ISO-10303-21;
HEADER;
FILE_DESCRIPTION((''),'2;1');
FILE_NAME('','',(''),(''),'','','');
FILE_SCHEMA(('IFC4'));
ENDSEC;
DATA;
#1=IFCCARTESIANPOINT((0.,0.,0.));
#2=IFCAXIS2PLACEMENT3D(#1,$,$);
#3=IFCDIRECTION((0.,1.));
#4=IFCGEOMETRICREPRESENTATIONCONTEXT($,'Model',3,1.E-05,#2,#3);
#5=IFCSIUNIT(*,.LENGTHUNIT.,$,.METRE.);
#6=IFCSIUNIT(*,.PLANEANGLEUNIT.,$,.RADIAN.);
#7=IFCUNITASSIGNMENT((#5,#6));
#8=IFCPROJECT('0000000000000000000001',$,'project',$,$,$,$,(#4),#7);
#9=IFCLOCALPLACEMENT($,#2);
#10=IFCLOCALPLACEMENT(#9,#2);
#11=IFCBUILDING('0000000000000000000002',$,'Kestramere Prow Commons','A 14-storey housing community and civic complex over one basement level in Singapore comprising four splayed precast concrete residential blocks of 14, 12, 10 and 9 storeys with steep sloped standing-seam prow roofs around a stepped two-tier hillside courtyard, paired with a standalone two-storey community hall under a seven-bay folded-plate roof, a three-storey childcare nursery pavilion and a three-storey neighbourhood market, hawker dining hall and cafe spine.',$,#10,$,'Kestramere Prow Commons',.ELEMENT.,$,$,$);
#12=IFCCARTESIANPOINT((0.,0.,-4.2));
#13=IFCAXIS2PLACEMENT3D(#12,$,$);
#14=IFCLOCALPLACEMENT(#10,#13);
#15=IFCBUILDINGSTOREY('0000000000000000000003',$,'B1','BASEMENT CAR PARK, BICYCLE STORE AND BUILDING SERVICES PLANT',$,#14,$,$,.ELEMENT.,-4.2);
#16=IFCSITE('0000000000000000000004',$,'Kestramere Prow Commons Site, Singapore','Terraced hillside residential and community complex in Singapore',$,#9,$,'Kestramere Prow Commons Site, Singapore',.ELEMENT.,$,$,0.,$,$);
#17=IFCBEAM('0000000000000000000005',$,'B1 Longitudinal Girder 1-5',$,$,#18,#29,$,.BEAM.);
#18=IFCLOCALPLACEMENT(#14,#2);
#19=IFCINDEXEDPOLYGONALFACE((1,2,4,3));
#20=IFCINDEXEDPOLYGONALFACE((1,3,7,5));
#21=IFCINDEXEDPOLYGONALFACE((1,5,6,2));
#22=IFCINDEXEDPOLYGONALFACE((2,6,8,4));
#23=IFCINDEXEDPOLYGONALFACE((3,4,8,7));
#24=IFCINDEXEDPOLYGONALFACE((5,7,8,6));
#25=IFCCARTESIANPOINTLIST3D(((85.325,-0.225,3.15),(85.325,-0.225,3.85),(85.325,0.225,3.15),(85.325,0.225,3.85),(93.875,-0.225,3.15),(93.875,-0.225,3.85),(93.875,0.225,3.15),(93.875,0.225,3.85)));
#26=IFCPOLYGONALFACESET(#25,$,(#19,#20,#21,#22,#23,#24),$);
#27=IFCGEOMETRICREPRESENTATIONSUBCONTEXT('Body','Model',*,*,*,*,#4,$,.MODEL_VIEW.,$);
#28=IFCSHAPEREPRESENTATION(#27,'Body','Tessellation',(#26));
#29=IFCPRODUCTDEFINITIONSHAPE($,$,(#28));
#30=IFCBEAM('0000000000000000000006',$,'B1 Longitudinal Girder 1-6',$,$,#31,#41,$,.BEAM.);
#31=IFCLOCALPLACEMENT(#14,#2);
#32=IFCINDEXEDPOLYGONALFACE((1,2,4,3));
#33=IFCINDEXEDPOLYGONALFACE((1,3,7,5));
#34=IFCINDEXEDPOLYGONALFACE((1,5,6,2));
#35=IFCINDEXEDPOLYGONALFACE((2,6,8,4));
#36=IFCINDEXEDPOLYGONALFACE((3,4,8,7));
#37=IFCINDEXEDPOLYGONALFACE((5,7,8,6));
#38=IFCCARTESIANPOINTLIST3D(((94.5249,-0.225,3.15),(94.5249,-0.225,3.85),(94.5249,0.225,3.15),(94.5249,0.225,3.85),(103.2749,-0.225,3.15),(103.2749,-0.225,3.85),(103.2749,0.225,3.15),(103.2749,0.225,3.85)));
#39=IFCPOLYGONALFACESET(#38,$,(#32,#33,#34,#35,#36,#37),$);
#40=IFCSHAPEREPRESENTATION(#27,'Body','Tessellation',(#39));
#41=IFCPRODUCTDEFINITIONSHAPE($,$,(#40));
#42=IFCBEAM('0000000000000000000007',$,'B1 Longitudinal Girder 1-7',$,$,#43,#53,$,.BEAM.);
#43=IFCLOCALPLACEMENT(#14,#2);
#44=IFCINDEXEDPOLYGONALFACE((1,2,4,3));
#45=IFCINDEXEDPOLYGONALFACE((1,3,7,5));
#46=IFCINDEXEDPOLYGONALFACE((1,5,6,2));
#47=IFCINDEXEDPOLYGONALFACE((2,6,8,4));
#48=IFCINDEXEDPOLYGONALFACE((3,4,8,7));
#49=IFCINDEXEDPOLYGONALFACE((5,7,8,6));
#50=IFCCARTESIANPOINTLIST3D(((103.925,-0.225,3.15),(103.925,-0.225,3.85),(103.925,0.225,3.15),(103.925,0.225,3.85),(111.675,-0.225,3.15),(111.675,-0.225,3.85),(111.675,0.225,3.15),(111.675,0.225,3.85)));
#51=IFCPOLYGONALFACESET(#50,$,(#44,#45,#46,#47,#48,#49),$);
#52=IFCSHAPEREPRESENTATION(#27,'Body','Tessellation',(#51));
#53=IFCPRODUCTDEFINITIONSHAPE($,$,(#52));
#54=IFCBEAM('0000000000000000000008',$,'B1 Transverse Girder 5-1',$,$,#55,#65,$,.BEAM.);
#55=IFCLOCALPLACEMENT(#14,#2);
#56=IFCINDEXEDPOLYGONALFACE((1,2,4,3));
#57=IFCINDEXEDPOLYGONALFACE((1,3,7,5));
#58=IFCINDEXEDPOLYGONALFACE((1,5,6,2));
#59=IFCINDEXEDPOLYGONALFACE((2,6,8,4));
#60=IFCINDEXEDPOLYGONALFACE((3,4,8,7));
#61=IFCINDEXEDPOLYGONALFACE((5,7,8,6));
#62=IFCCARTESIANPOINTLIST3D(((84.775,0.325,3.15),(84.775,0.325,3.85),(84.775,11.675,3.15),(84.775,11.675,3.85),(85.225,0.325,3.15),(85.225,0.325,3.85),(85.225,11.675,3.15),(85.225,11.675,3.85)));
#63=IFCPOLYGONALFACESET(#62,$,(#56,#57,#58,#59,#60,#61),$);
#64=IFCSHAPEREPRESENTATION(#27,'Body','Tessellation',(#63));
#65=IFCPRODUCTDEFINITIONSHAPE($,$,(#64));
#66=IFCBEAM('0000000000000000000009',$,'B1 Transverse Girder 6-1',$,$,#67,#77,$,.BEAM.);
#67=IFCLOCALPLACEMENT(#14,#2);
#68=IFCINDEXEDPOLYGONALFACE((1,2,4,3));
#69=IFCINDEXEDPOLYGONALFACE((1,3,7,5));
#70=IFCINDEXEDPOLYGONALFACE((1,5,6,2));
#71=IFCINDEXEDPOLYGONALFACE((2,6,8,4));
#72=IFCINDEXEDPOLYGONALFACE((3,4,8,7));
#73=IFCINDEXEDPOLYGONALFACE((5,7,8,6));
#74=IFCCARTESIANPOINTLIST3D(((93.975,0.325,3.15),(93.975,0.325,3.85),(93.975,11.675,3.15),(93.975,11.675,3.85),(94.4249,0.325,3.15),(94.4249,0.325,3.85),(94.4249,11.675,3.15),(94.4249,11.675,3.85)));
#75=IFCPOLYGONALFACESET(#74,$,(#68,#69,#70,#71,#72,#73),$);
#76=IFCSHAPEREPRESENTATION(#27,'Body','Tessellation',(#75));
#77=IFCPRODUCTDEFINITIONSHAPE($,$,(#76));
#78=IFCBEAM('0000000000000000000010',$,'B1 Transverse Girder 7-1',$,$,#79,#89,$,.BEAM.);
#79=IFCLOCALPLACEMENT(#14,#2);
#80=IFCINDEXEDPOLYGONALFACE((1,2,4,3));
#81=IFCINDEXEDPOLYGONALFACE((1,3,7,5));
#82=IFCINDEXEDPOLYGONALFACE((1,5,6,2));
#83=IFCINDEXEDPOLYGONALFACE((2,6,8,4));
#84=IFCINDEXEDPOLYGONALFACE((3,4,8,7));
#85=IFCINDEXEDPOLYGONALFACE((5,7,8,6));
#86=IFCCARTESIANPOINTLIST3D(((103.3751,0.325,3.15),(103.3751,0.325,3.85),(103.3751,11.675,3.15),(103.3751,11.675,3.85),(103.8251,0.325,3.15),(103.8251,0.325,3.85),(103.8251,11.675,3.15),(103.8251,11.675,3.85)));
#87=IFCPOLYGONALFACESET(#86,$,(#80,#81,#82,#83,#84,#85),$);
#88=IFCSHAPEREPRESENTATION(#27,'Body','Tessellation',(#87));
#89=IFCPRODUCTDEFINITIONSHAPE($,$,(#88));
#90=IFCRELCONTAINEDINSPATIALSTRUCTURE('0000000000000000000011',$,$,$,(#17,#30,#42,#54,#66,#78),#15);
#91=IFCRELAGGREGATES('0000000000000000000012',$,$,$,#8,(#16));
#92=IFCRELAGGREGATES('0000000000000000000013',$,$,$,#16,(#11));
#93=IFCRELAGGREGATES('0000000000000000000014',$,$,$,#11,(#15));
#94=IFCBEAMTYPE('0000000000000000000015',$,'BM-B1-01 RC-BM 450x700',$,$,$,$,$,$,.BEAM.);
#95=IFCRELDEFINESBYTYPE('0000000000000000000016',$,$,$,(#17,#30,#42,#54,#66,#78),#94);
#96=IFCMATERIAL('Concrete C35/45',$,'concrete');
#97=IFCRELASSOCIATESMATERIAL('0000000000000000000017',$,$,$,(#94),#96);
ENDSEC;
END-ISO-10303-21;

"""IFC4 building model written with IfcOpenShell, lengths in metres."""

from ifc_helpers import new_model, si_unit, direction, frame, origin, origin_2d, place, context, subcontext, project, spatial, rectangle, extrude, material, material_profile, profile_set, type_object, element, save


model = new_model("IFC4")

# Units and contexts
model_context = context("Model", 3, precision=1e-05, world=origin(), true_north=direction((0.0, 1.0)))
body_context = subcontext(model_context, "Body", "Model", "MODEL_VIEW")
ifc_project = project(units=[si_unit("LENGTHUNIT", "METRE"), si_unit("PLANEANGLEUNIT", "RADIAN")], contexts=[model_context])

# Site, building, storey
site_placement = place(None, origin())
site = spatial("IfcSite", under=ifc_project, at=site_placement, Name="Kestramere Prow Commons Site, Singapore", Description="Terraced hillside residential and community complex in Singapore", LongName="Kestramere Prow Commons Site, Singapore", CompositionType="ELEMENT", RefElevation=0.0)
building_placement = place(site_placement, origin())
building = spatial("IfcBuilding", under=site, at=building_placement, Name="Kestramere Prow Commons", Description="A 14-storey housing community and civic complex over one basement level in Singapore comprising four splayed precast concrete residential blocks of 14, 12, 10 and 9 storeys with steep sloped standing-seam prow roofs around a stepped two-tier hillside courtyard, paired with a standalone two-storey community hall under a seven-bay folded-plate roof, a three-storey childcare nursery pavilion and a three-storey neighbourhood market, hawker dining hall and cafe spine.", LongName="Kestramere Prow Commons", CompositionType="ELEMENT")
storey_placement = place(building_placement, frame((0.0, 0.0, -4.2)))
storey = spatial("IfcBuildingStorey", under=building, at=storey_placement, Name="B1", Description="BASEMENT CAR PARK, BICYCLE STORE AND BUILDING SERVICES PLANT", CompositionType="ELEMENT", Elevation=-4.2)

# Shared definitions
ifc_material = material(Name="Concrete C35/45", Category="concrete")

# Beams
ifc_material_profile_1 = material_profile(ifc_material, rectangle(XDim=0.45, YDim=0.7, at=origin_2d()), Name="RC-BM 450x700")
ifc_profile_set_1 = profile_set([ifc_material_profile_1], Name="Concrete C35/45")
beam_type = type_object("IfcBeamType", Name="BM-B1-01 RC-BM 450x700", PredefinedType="BEAM", material=ifc_profile_set_1)
beam_1_placement = place(storey_placement, frame((85.325, 0.0, 3.5), z_axis=(1.0, 0.0, 0.0), x_axis=(0.0, 1.0, 0.0)))
element("IfcBeam", 1, at=beam_1_placement, inside=storey, type_object=beam_type, Name="B1 Longitudinal Girder 1-5", PredefinedType="BEAM", context=body_context, shape_type="SweptSolid", body=[
    extrude(rectangle(XDim=0.45, YDim=0.7, at=origin_2d()), origin(), (0.0, 0.0, 1.0), 8.55),
])
beam_2_placement = place(storey_placement, frame((94.5249, 0.0, 3.5), z_axis=(1.0, 0.0, 0.0), x_axis=(0.0, 1.0, 0.0)))
element("IfcBeam", 2, at=beam_2_placement, inside=storey, type_object=beam_type, Name="B1 Longitudinal Girder 1-6", PredefinedType="BEAM", context=body_context, shape_type="SweptSolid", body=[
    extrude(rectangle(XDim=0.45, YDim=0.7, at=origin_2d()), origin(), (0.0, 0.0, 1.0), 8.75),
])
beam_3_placement = place(storey_placement, frame((103.925, 0.0, 3.5), z_axis=(1.0, 0.0, 0.0), x_axis=(0.0, 1.0, 0.0)))
element("IfcBeam", 3, at=beam_3_placement, inside=storey, type_object=beam_type, Name="B1 Longitudinal Girder 1-7", PredefinedType="BEAM", context=body_context, shape_type="SweptSolid", body=[
    extrude(rectangle(XDim=0.45, YDim=0.7, at=origin_2d()), origin(), (0.0, 0.0, 1.0), 7.75),
])
for number, where, z_axis, x_axis, name in (
    (4, (85.0, 0.325, 3.5), (0.0, 1.0, 0.0), (-1.0, 0.0, 0.0), "B1 Transverse Girder 5-1"),
    (5, (94.2, 0.325, 3.5), (0.0, 1.0, 0.0), (-1.0, 0.0, 0.0), "B1 Transverse Girder 6-1"),
    (6, (103.6001, 0.325, 3.5), (0.0, 1.0, 0.0), (-1.0, 0.0, 0.0), "B1 Transverse Girder 7-1"),
):
    element("IfcBeam", number, at=place(storey_placement, frame(where, z_axis=z_axis, x_axis=x_axis)), inside=storey, type_object=beam_type, Name=name, PredefinedType="BEAM", context=body_context, shape_type="SweptSolid", body=[
        extrude(rectangle(XDim=0.45, YDim=0.7, at=origin_2d()), origin(), (0.0, 0.0, 1.0), 11.3501),
    ])

save(model, "model.ifc")
